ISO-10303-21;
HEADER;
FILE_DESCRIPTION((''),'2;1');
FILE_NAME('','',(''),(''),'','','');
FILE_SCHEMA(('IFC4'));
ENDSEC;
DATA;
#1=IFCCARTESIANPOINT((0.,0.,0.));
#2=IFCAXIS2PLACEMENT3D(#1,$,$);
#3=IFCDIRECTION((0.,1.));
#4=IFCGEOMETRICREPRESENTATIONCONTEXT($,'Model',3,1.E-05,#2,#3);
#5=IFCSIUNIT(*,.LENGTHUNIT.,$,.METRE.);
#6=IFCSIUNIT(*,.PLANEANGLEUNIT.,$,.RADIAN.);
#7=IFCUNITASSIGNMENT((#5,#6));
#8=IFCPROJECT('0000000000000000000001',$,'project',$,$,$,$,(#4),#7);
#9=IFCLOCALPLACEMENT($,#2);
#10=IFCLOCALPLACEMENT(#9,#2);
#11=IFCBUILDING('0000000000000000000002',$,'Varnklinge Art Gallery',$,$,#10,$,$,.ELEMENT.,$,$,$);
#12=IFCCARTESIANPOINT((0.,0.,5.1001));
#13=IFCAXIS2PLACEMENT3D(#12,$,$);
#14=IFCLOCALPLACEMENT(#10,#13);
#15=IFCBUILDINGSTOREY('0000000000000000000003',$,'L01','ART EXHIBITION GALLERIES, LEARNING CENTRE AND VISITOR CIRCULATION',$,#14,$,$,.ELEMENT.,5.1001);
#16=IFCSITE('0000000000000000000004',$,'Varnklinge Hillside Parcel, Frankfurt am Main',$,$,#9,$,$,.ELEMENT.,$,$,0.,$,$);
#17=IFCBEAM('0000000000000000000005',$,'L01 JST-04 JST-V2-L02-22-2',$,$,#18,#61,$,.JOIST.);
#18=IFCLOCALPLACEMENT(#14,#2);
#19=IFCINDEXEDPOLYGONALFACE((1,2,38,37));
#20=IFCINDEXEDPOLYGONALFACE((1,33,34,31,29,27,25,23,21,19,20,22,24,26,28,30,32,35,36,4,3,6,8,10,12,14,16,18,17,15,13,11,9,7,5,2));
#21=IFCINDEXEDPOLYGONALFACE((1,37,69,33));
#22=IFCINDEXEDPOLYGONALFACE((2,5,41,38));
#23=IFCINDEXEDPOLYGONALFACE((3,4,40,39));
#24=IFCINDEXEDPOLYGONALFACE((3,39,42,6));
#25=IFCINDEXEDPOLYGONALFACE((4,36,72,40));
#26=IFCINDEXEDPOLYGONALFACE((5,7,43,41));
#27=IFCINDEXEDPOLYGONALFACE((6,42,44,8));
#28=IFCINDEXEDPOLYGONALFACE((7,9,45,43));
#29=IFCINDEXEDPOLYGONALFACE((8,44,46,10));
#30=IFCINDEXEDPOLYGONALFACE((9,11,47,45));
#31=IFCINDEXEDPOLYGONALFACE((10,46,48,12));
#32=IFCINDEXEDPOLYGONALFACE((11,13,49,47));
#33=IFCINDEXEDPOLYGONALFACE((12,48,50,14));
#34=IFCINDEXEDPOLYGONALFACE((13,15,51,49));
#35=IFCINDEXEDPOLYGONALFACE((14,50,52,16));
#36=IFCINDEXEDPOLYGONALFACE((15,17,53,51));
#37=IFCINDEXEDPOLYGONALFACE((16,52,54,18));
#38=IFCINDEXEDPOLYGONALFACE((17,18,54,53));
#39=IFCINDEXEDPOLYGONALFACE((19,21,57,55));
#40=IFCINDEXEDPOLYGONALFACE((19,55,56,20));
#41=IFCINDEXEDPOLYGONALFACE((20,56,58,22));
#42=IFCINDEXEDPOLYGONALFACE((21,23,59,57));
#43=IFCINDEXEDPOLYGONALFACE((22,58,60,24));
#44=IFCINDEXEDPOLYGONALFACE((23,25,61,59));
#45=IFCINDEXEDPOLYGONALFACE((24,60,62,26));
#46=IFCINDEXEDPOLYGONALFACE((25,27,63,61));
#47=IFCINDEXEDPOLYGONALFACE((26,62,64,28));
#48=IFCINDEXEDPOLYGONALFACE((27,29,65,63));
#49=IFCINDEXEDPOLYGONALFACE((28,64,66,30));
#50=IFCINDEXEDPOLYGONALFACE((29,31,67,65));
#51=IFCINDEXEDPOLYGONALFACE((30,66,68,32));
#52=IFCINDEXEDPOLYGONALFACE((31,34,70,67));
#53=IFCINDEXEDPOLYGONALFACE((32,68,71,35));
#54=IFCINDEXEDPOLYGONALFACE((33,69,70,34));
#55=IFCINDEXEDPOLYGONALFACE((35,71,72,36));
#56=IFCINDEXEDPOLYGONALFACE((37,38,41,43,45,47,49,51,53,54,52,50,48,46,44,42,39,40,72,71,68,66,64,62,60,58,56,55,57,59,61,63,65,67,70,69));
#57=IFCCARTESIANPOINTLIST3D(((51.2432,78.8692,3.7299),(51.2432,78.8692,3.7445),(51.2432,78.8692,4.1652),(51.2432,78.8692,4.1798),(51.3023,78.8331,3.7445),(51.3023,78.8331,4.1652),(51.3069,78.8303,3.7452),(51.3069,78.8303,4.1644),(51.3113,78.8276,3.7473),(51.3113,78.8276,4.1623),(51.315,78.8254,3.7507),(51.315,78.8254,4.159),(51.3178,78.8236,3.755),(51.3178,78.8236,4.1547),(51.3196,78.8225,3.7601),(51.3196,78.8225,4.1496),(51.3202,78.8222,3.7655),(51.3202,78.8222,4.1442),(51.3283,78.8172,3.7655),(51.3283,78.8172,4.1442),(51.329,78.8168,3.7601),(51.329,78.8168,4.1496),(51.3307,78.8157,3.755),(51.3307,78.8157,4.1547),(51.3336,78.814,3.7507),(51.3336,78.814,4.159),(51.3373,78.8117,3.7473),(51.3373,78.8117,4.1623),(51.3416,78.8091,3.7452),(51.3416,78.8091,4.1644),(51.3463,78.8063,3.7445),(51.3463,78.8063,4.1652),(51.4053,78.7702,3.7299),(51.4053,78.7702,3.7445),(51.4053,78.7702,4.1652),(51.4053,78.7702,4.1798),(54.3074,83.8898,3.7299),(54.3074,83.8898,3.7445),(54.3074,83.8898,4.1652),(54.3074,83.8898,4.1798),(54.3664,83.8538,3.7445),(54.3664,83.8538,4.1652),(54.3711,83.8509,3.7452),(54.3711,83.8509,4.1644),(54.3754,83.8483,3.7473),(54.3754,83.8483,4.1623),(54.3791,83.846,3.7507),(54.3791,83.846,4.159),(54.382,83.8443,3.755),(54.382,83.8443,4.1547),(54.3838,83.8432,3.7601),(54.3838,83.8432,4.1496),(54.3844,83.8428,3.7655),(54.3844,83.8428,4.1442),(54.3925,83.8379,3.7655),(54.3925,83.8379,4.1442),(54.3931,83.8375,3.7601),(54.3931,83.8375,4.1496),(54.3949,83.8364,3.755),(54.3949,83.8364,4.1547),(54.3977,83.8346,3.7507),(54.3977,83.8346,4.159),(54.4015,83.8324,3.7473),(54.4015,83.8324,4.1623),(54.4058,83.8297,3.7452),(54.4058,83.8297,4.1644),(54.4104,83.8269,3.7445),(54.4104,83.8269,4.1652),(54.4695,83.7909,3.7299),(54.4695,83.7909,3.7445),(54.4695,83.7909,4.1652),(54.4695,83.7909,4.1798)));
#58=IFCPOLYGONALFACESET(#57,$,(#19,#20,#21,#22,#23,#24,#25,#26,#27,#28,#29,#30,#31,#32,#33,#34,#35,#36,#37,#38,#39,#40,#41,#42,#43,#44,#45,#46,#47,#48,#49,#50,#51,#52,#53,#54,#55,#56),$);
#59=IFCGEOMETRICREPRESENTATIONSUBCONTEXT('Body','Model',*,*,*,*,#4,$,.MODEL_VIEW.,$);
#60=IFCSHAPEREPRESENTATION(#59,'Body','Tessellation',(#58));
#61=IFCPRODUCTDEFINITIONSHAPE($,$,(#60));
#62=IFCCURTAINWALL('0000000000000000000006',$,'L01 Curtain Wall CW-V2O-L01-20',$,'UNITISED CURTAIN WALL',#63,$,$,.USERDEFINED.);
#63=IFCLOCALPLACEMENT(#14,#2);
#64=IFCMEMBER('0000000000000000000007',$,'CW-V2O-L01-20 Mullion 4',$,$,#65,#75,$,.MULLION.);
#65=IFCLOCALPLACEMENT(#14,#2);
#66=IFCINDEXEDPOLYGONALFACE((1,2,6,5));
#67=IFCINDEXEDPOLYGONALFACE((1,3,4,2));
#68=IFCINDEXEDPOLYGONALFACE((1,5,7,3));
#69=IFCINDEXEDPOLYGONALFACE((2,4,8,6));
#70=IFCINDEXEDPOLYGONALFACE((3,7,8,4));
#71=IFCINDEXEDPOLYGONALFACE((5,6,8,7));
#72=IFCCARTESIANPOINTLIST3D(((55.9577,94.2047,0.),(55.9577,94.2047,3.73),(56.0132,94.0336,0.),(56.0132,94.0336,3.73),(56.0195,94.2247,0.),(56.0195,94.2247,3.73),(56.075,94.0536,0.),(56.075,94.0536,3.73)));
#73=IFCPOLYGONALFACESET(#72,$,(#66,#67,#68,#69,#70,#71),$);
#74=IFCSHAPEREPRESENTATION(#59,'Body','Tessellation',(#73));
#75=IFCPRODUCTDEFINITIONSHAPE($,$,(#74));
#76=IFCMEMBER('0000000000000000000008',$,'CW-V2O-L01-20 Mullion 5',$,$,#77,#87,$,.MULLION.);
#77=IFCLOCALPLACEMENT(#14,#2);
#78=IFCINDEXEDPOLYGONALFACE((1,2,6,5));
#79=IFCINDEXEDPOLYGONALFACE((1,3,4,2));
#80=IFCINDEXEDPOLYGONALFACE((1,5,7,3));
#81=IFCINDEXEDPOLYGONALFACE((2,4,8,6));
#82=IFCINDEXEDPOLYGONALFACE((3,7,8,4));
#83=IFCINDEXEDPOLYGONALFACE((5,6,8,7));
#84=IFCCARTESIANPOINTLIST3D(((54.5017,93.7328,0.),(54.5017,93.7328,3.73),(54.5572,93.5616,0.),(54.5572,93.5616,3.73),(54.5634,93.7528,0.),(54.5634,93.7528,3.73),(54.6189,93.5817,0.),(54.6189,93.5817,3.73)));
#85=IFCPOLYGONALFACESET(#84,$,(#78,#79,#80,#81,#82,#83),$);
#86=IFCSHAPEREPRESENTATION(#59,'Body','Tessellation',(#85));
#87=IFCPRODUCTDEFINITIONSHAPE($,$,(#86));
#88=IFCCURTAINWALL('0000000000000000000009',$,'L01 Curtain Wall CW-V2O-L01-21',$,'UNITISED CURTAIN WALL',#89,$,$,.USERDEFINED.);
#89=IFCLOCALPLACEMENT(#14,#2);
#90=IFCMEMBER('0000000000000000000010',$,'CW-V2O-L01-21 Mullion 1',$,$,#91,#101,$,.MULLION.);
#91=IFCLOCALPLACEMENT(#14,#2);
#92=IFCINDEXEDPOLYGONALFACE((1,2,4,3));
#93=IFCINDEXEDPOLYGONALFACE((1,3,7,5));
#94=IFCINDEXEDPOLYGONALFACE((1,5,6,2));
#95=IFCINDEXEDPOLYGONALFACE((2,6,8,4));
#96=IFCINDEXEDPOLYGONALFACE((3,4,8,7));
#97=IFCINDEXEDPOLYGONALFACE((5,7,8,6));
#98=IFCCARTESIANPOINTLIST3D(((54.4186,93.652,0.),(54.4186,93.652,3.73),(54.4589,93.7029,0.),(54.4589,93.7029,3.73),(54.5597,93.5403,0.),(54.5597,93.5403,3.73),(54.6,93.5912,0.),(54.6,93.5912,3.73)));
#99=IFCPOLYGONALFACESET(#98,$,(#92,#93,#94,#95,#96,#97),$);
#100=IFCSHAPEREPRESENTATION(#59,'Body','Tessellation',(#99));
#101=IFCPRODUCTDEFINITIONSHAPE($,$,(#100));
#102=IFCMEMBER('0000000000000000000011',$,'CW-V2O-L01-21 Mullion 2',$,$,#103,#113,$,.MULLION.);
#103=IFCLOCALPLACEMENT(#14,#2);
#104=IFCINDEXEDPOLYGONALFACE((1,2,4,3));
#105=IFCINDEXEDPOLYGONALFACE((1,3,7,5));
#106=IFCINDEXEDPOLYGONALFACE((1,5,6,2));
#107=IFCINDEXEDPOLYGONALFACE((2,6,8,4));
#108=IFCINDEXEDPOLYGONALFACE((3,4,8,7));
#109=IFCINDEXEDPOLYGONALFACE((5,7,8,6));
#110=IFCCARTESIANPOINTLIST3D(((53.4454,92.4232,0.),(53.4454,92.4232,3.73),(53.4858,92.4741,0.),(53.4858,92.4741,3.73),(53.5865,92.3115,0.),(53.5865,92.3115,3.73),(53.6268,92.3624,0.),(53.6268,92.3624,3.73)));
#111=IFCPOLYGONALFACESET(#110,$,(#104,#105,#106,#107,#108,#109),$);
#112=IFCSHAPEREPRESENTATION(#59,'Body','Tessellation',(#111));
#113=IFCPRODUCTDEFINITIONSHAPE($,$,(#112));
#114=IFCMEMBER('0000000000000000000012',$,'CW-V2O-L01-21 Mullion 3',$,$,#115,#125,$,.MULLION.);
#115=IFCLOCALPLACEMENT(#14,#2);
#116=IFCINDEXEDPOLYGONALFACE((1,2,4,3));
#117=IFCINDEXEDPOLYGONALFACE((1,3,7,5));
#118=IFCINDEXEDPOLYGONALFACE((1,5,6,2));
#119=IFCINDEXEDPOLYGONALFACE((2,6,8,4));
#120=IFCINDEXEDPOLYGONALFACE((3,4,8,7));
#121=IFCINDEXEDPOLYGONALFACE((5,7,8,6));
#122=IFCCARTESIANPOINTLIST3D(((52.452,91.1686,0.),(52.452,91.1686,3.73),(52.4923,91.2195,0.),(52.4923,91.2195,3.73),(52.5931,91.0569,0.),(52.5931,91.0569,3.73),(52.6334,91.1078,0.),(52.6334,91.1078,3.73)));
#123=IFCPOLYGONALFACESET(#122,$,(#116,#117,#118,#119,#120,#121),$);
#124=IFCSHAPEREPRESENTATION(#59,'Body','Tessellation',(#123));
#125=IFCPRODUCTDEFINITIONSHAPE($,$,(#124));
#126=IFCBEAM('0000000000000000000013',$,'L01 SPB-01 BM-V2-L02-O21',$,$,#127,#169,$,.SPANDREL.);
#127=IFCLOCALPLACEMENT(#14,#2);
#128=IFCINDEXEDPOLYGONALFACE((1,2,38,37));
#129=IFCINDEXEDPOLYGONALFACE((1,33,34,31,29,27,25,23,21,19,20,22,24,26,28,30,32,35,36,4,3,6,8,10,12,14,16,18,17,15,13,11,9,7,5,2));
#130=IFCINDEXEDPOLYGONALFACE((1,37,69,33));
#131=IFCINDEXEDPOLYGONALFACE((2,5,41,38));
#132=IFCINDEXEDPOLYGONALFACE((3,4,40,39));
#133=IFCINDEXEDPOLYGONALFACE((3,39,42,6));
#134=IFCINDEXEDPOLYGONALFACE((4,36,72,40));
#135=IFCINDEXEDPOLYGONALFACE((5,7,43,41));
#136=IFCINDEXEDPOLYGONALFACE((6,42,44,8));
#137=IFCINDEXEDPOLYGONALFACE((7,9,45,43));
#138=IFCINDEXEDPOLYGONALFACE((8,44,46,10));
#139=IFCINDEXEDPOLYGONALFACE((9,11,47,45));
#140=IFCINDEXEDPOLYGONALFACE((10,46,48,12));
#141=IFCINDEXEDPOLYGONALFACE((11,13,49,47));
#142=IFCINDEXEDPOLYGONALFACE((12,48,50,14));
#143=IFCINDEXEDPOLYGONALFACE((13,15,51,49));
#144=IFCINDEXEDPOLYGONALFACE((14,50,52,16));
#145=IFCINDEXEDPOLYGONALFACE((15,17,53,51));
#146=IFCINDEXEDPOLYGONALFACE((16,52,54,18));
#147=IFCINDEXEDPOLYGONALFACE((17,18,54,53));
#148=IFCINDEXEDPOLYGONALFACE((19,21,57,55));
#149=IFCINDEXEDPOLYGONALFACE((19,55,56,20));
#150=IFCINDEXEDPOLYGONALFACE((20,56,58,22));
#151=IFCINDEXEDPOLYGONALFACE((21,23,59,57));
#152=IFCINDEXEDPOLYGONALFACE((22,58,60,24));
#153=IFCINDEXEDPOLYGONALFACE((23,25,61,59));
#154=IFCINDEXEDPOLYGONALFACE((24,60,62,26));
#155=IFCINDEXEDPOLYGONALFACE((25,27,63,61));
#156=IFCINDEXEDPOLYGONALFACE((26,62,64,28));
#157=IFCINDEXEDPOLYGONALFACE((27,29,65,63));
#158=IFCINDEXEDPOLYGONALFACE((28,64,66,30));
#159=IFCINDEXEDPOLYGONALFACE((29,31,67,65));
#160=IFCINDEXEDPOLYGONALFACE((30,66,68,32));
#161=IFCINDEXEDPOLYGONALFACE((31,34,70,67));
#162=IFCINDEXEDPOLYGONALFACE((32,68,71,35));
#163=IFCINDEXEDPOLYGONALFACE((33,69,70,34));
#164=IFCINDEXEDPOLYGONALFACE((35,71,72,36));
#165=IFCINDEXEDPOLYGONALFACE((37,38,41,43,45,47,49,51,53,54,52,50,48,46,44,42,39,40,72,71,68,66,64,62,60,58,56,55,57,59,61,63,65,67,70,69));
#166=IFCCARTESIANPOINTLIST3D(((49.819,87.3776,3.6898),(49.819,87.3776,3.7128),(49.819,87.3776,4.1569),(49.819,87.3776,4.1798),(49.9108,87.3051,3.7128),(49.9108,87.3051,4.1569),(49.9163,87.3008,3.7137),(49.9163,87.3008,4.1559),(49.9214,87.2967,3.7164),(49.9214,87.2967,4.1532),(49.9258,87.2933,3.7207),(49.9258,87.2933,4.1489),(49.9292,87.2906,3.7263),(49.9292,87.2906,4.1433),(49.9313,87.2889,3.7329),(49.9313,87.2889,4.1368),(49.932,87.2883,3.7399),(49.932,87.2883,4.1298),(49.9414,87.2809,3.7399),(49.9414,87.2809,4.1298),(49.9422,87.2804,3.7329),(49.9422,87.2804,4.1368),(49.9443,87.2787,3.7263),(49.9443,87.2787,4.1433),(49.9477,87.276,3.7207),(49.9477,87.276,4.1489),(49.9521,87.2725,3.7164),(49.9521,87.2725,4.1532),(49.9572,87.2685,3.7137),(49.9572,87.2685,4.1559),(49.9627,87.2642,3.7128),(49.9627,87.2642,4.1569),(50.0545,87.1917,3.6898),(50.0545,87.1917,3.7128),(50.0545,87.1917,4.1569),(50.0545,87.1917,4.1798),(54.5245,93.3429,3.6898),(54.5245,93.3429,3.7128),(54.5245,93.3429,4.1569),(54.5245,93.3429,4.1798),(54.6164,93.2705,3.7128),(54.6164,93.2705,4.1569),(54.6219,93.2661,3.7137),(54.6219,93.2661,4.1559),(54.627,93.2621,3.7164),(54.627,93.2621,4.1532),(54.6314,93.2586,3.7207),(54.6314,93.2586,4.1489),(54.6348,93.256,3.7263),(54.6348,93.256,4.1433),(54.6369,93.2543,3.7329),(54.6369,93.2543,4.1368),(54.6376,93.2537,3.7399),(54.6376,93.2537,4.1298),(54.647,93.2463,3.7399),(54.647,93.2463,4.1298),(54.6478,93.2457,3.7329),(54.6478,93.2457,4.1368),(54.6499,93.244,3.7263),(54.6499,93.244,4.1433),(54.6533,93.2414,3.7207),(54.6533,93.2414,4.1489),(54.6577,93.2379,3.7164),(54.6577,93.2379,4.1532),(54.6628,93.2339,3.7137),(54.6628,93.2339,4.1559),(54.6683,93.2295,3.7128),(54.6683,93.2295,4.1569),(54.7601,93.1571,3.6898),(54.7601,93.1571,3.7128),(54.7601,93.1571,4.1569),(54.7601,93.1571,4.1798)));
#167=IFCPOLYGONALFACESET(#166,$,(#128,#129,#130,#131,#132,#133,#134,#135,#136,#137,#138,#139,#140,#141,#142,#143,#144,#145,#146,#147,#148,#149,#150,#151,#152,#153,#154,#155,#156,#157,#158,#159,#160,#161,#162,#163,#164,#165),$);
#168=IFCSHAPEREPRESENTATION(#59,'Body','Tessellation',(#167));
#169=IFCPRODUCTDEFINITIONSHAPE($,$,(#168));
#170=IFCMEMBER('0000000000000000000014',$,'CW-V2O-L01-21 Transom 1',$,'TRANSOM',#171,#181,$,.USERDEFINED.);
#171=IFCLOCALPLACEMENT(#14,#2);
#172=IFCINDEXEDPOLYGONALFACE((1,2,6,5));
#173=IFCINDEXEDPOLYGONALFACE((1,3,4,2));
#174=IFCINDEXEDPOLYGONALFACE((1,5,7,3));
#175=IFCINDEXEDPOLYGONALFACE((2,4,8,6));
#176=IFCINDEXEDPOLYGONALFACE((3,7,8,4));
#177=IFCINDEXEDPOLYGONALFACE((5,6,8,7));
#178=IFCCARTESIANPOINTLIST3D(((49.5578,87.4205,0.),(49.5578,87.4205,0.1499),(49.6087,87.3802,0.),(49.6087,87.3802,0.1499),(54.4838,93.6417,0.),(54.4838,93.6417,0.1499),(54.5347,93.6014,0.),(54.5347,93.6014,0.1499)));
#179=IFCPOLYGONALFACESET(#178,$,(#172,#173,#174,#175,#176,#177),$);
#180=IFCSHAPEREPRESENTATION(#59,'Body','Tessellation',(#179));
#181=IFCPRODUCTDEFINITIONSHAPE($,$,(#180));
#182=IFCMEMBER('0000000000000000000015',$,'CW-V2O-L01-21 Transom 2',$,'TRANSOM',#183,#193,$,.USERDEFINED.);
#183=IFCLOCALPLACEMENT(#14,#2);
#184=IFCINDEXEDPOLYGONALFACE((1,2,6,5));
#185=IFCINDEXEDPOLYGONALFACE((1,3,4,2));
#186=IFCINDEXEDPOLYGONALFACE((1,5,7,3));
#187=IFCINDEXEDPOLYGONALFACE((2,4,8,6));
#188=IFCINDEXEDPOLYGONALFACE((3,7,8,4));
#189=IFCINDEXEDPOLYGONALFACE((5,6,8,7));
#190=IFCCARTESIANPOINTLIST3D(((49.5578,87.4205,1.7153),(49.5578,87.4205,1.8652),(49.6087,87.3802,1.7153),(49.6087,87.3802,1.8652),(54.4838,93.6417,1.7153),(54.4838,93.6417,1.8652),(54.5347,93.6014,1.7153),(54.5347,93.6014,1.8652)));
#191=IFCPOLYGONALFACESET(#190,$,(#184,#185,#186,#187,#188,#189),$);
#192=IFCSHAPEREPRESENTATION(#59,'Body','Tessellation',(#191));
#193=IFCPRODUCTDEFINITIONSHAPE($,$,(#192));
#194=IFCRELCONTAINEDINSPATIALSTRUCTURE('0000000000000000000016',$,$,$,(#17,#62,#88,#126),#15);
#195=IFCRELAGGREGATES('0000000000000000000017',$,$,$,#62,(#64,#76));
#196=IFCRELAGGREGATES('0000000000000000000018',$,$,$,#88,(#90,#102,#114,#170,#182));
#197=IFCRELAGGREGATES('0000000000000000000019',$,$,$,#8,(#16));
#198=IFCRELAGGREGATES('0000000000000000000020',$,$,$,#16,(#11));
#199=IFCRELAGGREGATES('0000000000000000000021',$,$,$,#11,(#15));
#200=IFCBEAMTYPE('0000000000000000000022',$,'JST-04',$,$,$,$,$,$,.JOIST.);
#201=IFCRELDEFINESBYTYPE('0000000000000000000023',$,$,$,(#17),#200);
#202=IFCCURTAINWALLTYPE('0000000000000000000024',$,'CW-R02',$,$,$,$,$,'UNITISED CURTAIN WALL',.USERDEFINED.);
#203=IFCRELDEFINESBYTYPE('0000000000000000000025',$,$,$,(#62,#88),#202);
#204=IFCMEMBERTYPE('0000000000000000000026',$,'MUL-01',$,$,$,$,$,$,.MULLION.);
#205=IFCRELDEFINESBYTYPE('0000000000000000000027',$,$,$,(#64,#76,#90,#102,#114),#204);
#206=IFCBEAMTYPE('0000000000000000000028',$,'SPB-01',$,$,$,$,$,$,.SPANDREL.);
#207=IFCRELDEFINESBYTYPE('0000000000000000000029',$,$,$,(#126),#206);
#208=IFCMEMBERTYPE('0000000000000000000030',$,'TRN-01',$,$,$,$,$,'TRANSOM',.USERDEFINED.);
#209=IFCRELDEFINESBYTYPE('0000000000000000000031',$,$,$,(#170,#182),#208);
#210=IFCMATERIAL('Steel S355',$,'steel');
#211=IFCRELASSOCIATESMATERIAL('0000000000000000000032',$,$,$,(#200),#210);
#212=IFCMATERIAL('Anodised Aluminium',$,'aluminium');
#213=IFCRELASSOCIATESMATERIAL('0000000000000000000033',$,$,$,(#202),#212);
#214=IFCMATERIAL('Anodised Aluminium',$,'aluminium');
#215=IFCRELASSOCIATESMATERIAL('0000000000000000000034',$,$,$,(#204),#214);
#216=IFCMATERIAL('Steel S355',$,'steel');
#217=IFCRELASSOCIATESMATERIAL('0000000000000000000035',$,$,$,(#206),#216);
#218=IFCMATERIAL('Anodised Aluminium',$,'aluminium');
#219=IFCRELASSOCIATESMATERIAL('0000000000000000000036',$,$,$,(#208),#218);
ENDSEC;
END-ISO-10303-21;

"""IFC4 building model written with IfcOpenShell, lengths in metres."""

from ifc_helpers import new_model, si_unit, direction, frame, origin, origin_2d, place, context, subcontext, project, spatial, rectangle, i_section, extrude, material, material_profile, profile_set, type_object, element, aggregate, save


model = new_model("IFC4")

# Units and contexts
model_context = context("Model", 3, precision=1e-05, world=origin(), true_north=direction((0.0, 1.0)))
body_context = subcontext(model_context, "Body", "Model", "MODEL_VIEW")
ifc_project = project(units=[si_unit("LENGTHUNIT", "METRE"), si_unit("PLANEANGLEUNIT", "RADIAN")], contexts=[model_context])

# Site, building, storey
site_placement = place(None, origin())
site = spatial("IfcSite", under=ifc_project, at=site_placement, Name="Varnklinge Hillside Parcel, Frankfurt am Main", CompositionType="ELEMENT", RefElevation=0.0)
building_placement = place(site_placement, origin())
building = spatial("IfcBuilding", under=site, at=building_placement, Name="Varnklinge Art Gallery", CompositionType="ELEMENT")
storey_placement = place(building_placement, frame((0.0, 0.0, 5.1001)))
storey = spatial("IfcBuildingStorey", under=building, at=storey_placement, Name="L01", Description="ART EXHIBITION GALLERIES, LEARNING CENTRE AND VISITOR CIRCULATION", CompositionType="ELEMENT", Elevation=5.1001)

# Beam
ifc_material_1 = material(Name="Steel S355", Category="steel")
ifc_material_profile_1 = material_profile(ifc_material_1, i_section(OverallWidth=0.1899, OverallDepth=0.45, WebThickness=0.0095, FlangeThickness=0.0146, FilletRadius=0.021, at=origin_2d()), Name="IPE 450")
ifc_profile_set_1 = profile_set([ifc_material_profile_1], Name="Steel S355")
beam_type_1 = type_object("IfcBeamType", Name="JST-04", PredefinedType="JOIST", material=ifc_profile_set_1)
beam_1_placement = place(storey_placement, frame((54.3884, 83.8403, 3.9548), z_axis=(-0.520951, -0.853586, 0.0), x_axis=(0.853586, -0.520951, 0.0)))
element("IfcBeam", 1, at=beam_1_placement, inside=storey, type_object=beam_type_1, Name="L01 JST-04 JST-V2-L02-22-2", PredefinedType="JOIST", context=body_context, shape_type="SweptSolid", body=[
    extrude(i_section(OverallWidth=0.1899, OverallDepth=0.45, WebThickness=0.0095, FlangeThickness=0.0146, FilletRadius=0.021, at=origin_2d()), origin(), (0.0, 0.0, 1.0), 5.8818),
])

# Curtain walls, members
ifc_material_2 = material(Name="Anodised Aluminium", Category="aluminium")
curtain_wall_type = type_object("IfcCurtainWallType", Name="CW-R02", ElementType="UNITISED CURTAIN WALL", PredefinedType="USERDEFINED", material=ifc_material_2)
curtain_wall_1_placement = place(storey_placement, origin())
curtain_wall_1 = element("IfcCurtainWall", 2, at=curtain_wall_1_placement, inside=storey, type_object=curtain_wall_type, Name="L01 Curtain Wall CW-V2O-L01-20", ObjectType="UNITISED CURTAIN WALL", PredefinedType="USERDEFINED")
ifc_material_3 = material(Name="Anodised Aluminium", Category="aluminium")
ifc_material_profile_2 = material_profile(ifc_material_3, rectangle(XDim=0.0649, YDim=0.1799, at=origin_2d()), Name="ALU 65x180")
ifc_profile_set_2 = profile_set([ifc_material_profile_2], Name="Anodised Aluminium")
member_type_1 = type_object("IfcMemberType", Name="MUL-01", PredefinedType="MULLION", material=ifc_profile_set_2)
member_1_placement = place(storey_placement, frame((56.0164, 94.1292, 0.0), z_axis=(0.0, 0.0, 1.0), x_axis=(-0.951272, -0.308353, 0.0)))
member_1 = element("IfcMember", 3, at=member_1_placement, type_object=member_type_1, Name="CW-V2O-L01-20 Mullion 4", PredefinedType="MULLION", context=body_context, shape_type="SweptSolid", body=[
    extrude(rectangle(XDim=0.0649, YDim=0.1799, at=origin_2d()), origin(), (0.0, 0.0, 1.0), 3.73),
])
member_2_placement = place(storey_placement, frame((54.5603, 93.6572, 0.0), z_axis=(0.0, 0.0, 1.0), x_axis=(-0.951272, -0.308353, 0.0)))
member_2 = element("IfcMember", 4, at=member_2_placement, type_object=member_type_1, Name="CW-V2O-L01-20 Mullion 5", PredefinedType="MULLION", context=body_context, shape_type="SweptSolid", body=[
    extrude(rectangle(XDim=0.0649, YDim=0.1799, at=origin_2d()), origin(), (0.0, 0.0, 1.0), 3.73),
])
curtain_wall_2_placement = place(storey_placement, origin())
curtain_wall_2 = element("IfcCurtainWall", 5, at=curtain_wall_2_placement, inside=storey, type_object=curtain_wall_type, Name="L01 Curtain Wall CW-V2O-L01-21", ObjectType="UNITISED CURTAIN WALL", PredefinedType="USERDEFINED")
member_3_placement = place(storey_placement, frame((54.5093, 93.6216, 0.0), z_axis=(0.0, 0.0, 1.0), x_axis=(-0.620737, -0.784019, 0.0)))
member_3 = element("IfcMember", 6, at=member_3_placement, type_object=member_type_1, Name="CW-V2O-L01-21 Mullion 1", PredefinedType="MULLION", context=body_context, shape_type="SweptSolid", body=[
    extrude(rectangle(XDim=0.0649, YDim=0.1799, at=origin_2d()), origin(), (0.0, 0.0, 1.0), 3.73),
])
member_4_placement = place(storey_placement, frame((53.5361, 92.3928, 0.0), z_axis=(0.0, 0.0, 1.0), x_axis=(-0.620737, -0.784019, 0.0)))
member_4 = element("IfcMember", 7, at=member_4_placement, type_object=member_type_1, Name="CW-V2O-L01-21 Mullion 2", PredefinedType="MULLION", context=body_context, shape_type="SweptSolid", body=[
    extrude(rectangle(XDim=0.0649, YDim=0.1799, at=origin_2d()), origin(), (0.0, 0.0, 1.0), 3.73),
])
member_5_placement = place(storey_placement, frame((52.5427, 91.1382, 0.0), z_axis=(0.0, 0.0, 1.0), x_axis=(-0.620737, -0.784019, 0.0)))
member_5 = element("IfcMember", 8, at=member_5_placement, type_object=member_type_1, Name="CW-V2O-L01-21 Mullion 3", PredefinedType="MULLION", context=body_context, shape_type="SweptSolid", body=[
    extrude(rectangle(XDim=0.0649, YDim=0.1799, at=origin_2d()), origin(), (0.0, 0.0, 1.0), 3.73),
])

# Beam
ifc_material_4 = material(Name="Steel S355", Category="steel")
ifc_material_profile_3 = material_profile(ifc_material_4, i_section(OverallWidth=0.3, OverallDepth=0.49, WebThickness=0.012, FlangeThickness=0.0229, FilletRadius=0.0271, at=origin_2d()), Name="HEA 500")
ifc_profile_set_3 = profile_set([ifc_material_profile_3], Name="Steel S355")
beam_type_2 = type_object("IfcBeamType", Name="SPB-01", PredefinedType="SPANDREL", material=ifc_profile_set_3)
beam_2_placement = place(storey_placement, frame((54.6423, 93.25, 3.9348), z_axis=(-0.619328, -0.785133, 0.0), x_axis=(0.785133, -0.619328, 0.0)))
element("IfcBeam", 9, at=beam_2_placement, inside=storey, type_object=beam_type_2, Name="L01 SPB-01 BM-V2-L02-O21", PredefinedType="SPANDREL", context=body_context, shape_type="SweptSolid", body=[
    extrude(i_section(OverallWidth=0.3, OverallDepth=0.49, WebThickness=0.012, FlangeThickness=0.0229, FilletRadius=0.0271, at=origin_2d()), origin(), (0.0, 0.0, 1.0), 7.5979),
])

# Members
ifc_material_5 = material(Name="Anodised Aluminium", Category="aluminium")
ifc_material_profile_4 = material_profile(ifc_material_5, rectangle(XDim=0.0649, YDim=0.1499, at=origin_2d()), Name="ALU 65x150")
ifc_profile_set_4 = profile_set([ifc_material_profile_4], Name="Anodised Aluminium")
member_type_2 = type_object("IfcMemberType", Name="TRN-01", ElementType="TRANSOM", PredefinedType="USERDEFINED", material=ifc_profile_set_4)
member_6_placement = place(storey_placement, frame((54.5093, 93.6216, 0.075), z_axis=(-0.620774, -0.78399, 0.0), x_axis=(0.78399, -0.620774, 0.0)))
member_6 = element("IfcMember", 10, at=member_6_placement, type_object=member_type_2, Name="CW-V2O-L01-21 Transom 1", ObjectType="TRANSOM", PredefinedType="USERDEFINED", context=body_context, shape_type="SweptSolid", body=[
    extrude(rectangle(XDim=0.0649, YDim=0.1499, at=origin_2d()), origin(), (0.0, 0.0, 1.0), 7.9353),
])
member_7_placement = place(storey_placement, frame((54.5093, 93.6216, 1.7903), z_axis=(-0.620774, -0.78399, 0.0), x_axis=(0.78399, -0.620774, 0.0)))
member_7 = element("IfcMember", 11, at=member_7_placement, type_object=member_type_2, Name="CW-V2O-L01-21 Transom 2", ObjectType="TRANSOM", PredefinedType="USERDEFINED", context=body_context, shape_type="SweptSolid", body=[
    extrude(rectangle(XDim=0.0649, YDim=0.1499, at=origin_2d()), origin(), (0.0, 0.0, 1.0), 7.9353),
])

aggregate(curtain_wall_1, [member_1, member_2])
aggregate(curtain_wall_2, [member_3, member_4, member_5, member_6, member_7])

save(model, "model.ifc")
